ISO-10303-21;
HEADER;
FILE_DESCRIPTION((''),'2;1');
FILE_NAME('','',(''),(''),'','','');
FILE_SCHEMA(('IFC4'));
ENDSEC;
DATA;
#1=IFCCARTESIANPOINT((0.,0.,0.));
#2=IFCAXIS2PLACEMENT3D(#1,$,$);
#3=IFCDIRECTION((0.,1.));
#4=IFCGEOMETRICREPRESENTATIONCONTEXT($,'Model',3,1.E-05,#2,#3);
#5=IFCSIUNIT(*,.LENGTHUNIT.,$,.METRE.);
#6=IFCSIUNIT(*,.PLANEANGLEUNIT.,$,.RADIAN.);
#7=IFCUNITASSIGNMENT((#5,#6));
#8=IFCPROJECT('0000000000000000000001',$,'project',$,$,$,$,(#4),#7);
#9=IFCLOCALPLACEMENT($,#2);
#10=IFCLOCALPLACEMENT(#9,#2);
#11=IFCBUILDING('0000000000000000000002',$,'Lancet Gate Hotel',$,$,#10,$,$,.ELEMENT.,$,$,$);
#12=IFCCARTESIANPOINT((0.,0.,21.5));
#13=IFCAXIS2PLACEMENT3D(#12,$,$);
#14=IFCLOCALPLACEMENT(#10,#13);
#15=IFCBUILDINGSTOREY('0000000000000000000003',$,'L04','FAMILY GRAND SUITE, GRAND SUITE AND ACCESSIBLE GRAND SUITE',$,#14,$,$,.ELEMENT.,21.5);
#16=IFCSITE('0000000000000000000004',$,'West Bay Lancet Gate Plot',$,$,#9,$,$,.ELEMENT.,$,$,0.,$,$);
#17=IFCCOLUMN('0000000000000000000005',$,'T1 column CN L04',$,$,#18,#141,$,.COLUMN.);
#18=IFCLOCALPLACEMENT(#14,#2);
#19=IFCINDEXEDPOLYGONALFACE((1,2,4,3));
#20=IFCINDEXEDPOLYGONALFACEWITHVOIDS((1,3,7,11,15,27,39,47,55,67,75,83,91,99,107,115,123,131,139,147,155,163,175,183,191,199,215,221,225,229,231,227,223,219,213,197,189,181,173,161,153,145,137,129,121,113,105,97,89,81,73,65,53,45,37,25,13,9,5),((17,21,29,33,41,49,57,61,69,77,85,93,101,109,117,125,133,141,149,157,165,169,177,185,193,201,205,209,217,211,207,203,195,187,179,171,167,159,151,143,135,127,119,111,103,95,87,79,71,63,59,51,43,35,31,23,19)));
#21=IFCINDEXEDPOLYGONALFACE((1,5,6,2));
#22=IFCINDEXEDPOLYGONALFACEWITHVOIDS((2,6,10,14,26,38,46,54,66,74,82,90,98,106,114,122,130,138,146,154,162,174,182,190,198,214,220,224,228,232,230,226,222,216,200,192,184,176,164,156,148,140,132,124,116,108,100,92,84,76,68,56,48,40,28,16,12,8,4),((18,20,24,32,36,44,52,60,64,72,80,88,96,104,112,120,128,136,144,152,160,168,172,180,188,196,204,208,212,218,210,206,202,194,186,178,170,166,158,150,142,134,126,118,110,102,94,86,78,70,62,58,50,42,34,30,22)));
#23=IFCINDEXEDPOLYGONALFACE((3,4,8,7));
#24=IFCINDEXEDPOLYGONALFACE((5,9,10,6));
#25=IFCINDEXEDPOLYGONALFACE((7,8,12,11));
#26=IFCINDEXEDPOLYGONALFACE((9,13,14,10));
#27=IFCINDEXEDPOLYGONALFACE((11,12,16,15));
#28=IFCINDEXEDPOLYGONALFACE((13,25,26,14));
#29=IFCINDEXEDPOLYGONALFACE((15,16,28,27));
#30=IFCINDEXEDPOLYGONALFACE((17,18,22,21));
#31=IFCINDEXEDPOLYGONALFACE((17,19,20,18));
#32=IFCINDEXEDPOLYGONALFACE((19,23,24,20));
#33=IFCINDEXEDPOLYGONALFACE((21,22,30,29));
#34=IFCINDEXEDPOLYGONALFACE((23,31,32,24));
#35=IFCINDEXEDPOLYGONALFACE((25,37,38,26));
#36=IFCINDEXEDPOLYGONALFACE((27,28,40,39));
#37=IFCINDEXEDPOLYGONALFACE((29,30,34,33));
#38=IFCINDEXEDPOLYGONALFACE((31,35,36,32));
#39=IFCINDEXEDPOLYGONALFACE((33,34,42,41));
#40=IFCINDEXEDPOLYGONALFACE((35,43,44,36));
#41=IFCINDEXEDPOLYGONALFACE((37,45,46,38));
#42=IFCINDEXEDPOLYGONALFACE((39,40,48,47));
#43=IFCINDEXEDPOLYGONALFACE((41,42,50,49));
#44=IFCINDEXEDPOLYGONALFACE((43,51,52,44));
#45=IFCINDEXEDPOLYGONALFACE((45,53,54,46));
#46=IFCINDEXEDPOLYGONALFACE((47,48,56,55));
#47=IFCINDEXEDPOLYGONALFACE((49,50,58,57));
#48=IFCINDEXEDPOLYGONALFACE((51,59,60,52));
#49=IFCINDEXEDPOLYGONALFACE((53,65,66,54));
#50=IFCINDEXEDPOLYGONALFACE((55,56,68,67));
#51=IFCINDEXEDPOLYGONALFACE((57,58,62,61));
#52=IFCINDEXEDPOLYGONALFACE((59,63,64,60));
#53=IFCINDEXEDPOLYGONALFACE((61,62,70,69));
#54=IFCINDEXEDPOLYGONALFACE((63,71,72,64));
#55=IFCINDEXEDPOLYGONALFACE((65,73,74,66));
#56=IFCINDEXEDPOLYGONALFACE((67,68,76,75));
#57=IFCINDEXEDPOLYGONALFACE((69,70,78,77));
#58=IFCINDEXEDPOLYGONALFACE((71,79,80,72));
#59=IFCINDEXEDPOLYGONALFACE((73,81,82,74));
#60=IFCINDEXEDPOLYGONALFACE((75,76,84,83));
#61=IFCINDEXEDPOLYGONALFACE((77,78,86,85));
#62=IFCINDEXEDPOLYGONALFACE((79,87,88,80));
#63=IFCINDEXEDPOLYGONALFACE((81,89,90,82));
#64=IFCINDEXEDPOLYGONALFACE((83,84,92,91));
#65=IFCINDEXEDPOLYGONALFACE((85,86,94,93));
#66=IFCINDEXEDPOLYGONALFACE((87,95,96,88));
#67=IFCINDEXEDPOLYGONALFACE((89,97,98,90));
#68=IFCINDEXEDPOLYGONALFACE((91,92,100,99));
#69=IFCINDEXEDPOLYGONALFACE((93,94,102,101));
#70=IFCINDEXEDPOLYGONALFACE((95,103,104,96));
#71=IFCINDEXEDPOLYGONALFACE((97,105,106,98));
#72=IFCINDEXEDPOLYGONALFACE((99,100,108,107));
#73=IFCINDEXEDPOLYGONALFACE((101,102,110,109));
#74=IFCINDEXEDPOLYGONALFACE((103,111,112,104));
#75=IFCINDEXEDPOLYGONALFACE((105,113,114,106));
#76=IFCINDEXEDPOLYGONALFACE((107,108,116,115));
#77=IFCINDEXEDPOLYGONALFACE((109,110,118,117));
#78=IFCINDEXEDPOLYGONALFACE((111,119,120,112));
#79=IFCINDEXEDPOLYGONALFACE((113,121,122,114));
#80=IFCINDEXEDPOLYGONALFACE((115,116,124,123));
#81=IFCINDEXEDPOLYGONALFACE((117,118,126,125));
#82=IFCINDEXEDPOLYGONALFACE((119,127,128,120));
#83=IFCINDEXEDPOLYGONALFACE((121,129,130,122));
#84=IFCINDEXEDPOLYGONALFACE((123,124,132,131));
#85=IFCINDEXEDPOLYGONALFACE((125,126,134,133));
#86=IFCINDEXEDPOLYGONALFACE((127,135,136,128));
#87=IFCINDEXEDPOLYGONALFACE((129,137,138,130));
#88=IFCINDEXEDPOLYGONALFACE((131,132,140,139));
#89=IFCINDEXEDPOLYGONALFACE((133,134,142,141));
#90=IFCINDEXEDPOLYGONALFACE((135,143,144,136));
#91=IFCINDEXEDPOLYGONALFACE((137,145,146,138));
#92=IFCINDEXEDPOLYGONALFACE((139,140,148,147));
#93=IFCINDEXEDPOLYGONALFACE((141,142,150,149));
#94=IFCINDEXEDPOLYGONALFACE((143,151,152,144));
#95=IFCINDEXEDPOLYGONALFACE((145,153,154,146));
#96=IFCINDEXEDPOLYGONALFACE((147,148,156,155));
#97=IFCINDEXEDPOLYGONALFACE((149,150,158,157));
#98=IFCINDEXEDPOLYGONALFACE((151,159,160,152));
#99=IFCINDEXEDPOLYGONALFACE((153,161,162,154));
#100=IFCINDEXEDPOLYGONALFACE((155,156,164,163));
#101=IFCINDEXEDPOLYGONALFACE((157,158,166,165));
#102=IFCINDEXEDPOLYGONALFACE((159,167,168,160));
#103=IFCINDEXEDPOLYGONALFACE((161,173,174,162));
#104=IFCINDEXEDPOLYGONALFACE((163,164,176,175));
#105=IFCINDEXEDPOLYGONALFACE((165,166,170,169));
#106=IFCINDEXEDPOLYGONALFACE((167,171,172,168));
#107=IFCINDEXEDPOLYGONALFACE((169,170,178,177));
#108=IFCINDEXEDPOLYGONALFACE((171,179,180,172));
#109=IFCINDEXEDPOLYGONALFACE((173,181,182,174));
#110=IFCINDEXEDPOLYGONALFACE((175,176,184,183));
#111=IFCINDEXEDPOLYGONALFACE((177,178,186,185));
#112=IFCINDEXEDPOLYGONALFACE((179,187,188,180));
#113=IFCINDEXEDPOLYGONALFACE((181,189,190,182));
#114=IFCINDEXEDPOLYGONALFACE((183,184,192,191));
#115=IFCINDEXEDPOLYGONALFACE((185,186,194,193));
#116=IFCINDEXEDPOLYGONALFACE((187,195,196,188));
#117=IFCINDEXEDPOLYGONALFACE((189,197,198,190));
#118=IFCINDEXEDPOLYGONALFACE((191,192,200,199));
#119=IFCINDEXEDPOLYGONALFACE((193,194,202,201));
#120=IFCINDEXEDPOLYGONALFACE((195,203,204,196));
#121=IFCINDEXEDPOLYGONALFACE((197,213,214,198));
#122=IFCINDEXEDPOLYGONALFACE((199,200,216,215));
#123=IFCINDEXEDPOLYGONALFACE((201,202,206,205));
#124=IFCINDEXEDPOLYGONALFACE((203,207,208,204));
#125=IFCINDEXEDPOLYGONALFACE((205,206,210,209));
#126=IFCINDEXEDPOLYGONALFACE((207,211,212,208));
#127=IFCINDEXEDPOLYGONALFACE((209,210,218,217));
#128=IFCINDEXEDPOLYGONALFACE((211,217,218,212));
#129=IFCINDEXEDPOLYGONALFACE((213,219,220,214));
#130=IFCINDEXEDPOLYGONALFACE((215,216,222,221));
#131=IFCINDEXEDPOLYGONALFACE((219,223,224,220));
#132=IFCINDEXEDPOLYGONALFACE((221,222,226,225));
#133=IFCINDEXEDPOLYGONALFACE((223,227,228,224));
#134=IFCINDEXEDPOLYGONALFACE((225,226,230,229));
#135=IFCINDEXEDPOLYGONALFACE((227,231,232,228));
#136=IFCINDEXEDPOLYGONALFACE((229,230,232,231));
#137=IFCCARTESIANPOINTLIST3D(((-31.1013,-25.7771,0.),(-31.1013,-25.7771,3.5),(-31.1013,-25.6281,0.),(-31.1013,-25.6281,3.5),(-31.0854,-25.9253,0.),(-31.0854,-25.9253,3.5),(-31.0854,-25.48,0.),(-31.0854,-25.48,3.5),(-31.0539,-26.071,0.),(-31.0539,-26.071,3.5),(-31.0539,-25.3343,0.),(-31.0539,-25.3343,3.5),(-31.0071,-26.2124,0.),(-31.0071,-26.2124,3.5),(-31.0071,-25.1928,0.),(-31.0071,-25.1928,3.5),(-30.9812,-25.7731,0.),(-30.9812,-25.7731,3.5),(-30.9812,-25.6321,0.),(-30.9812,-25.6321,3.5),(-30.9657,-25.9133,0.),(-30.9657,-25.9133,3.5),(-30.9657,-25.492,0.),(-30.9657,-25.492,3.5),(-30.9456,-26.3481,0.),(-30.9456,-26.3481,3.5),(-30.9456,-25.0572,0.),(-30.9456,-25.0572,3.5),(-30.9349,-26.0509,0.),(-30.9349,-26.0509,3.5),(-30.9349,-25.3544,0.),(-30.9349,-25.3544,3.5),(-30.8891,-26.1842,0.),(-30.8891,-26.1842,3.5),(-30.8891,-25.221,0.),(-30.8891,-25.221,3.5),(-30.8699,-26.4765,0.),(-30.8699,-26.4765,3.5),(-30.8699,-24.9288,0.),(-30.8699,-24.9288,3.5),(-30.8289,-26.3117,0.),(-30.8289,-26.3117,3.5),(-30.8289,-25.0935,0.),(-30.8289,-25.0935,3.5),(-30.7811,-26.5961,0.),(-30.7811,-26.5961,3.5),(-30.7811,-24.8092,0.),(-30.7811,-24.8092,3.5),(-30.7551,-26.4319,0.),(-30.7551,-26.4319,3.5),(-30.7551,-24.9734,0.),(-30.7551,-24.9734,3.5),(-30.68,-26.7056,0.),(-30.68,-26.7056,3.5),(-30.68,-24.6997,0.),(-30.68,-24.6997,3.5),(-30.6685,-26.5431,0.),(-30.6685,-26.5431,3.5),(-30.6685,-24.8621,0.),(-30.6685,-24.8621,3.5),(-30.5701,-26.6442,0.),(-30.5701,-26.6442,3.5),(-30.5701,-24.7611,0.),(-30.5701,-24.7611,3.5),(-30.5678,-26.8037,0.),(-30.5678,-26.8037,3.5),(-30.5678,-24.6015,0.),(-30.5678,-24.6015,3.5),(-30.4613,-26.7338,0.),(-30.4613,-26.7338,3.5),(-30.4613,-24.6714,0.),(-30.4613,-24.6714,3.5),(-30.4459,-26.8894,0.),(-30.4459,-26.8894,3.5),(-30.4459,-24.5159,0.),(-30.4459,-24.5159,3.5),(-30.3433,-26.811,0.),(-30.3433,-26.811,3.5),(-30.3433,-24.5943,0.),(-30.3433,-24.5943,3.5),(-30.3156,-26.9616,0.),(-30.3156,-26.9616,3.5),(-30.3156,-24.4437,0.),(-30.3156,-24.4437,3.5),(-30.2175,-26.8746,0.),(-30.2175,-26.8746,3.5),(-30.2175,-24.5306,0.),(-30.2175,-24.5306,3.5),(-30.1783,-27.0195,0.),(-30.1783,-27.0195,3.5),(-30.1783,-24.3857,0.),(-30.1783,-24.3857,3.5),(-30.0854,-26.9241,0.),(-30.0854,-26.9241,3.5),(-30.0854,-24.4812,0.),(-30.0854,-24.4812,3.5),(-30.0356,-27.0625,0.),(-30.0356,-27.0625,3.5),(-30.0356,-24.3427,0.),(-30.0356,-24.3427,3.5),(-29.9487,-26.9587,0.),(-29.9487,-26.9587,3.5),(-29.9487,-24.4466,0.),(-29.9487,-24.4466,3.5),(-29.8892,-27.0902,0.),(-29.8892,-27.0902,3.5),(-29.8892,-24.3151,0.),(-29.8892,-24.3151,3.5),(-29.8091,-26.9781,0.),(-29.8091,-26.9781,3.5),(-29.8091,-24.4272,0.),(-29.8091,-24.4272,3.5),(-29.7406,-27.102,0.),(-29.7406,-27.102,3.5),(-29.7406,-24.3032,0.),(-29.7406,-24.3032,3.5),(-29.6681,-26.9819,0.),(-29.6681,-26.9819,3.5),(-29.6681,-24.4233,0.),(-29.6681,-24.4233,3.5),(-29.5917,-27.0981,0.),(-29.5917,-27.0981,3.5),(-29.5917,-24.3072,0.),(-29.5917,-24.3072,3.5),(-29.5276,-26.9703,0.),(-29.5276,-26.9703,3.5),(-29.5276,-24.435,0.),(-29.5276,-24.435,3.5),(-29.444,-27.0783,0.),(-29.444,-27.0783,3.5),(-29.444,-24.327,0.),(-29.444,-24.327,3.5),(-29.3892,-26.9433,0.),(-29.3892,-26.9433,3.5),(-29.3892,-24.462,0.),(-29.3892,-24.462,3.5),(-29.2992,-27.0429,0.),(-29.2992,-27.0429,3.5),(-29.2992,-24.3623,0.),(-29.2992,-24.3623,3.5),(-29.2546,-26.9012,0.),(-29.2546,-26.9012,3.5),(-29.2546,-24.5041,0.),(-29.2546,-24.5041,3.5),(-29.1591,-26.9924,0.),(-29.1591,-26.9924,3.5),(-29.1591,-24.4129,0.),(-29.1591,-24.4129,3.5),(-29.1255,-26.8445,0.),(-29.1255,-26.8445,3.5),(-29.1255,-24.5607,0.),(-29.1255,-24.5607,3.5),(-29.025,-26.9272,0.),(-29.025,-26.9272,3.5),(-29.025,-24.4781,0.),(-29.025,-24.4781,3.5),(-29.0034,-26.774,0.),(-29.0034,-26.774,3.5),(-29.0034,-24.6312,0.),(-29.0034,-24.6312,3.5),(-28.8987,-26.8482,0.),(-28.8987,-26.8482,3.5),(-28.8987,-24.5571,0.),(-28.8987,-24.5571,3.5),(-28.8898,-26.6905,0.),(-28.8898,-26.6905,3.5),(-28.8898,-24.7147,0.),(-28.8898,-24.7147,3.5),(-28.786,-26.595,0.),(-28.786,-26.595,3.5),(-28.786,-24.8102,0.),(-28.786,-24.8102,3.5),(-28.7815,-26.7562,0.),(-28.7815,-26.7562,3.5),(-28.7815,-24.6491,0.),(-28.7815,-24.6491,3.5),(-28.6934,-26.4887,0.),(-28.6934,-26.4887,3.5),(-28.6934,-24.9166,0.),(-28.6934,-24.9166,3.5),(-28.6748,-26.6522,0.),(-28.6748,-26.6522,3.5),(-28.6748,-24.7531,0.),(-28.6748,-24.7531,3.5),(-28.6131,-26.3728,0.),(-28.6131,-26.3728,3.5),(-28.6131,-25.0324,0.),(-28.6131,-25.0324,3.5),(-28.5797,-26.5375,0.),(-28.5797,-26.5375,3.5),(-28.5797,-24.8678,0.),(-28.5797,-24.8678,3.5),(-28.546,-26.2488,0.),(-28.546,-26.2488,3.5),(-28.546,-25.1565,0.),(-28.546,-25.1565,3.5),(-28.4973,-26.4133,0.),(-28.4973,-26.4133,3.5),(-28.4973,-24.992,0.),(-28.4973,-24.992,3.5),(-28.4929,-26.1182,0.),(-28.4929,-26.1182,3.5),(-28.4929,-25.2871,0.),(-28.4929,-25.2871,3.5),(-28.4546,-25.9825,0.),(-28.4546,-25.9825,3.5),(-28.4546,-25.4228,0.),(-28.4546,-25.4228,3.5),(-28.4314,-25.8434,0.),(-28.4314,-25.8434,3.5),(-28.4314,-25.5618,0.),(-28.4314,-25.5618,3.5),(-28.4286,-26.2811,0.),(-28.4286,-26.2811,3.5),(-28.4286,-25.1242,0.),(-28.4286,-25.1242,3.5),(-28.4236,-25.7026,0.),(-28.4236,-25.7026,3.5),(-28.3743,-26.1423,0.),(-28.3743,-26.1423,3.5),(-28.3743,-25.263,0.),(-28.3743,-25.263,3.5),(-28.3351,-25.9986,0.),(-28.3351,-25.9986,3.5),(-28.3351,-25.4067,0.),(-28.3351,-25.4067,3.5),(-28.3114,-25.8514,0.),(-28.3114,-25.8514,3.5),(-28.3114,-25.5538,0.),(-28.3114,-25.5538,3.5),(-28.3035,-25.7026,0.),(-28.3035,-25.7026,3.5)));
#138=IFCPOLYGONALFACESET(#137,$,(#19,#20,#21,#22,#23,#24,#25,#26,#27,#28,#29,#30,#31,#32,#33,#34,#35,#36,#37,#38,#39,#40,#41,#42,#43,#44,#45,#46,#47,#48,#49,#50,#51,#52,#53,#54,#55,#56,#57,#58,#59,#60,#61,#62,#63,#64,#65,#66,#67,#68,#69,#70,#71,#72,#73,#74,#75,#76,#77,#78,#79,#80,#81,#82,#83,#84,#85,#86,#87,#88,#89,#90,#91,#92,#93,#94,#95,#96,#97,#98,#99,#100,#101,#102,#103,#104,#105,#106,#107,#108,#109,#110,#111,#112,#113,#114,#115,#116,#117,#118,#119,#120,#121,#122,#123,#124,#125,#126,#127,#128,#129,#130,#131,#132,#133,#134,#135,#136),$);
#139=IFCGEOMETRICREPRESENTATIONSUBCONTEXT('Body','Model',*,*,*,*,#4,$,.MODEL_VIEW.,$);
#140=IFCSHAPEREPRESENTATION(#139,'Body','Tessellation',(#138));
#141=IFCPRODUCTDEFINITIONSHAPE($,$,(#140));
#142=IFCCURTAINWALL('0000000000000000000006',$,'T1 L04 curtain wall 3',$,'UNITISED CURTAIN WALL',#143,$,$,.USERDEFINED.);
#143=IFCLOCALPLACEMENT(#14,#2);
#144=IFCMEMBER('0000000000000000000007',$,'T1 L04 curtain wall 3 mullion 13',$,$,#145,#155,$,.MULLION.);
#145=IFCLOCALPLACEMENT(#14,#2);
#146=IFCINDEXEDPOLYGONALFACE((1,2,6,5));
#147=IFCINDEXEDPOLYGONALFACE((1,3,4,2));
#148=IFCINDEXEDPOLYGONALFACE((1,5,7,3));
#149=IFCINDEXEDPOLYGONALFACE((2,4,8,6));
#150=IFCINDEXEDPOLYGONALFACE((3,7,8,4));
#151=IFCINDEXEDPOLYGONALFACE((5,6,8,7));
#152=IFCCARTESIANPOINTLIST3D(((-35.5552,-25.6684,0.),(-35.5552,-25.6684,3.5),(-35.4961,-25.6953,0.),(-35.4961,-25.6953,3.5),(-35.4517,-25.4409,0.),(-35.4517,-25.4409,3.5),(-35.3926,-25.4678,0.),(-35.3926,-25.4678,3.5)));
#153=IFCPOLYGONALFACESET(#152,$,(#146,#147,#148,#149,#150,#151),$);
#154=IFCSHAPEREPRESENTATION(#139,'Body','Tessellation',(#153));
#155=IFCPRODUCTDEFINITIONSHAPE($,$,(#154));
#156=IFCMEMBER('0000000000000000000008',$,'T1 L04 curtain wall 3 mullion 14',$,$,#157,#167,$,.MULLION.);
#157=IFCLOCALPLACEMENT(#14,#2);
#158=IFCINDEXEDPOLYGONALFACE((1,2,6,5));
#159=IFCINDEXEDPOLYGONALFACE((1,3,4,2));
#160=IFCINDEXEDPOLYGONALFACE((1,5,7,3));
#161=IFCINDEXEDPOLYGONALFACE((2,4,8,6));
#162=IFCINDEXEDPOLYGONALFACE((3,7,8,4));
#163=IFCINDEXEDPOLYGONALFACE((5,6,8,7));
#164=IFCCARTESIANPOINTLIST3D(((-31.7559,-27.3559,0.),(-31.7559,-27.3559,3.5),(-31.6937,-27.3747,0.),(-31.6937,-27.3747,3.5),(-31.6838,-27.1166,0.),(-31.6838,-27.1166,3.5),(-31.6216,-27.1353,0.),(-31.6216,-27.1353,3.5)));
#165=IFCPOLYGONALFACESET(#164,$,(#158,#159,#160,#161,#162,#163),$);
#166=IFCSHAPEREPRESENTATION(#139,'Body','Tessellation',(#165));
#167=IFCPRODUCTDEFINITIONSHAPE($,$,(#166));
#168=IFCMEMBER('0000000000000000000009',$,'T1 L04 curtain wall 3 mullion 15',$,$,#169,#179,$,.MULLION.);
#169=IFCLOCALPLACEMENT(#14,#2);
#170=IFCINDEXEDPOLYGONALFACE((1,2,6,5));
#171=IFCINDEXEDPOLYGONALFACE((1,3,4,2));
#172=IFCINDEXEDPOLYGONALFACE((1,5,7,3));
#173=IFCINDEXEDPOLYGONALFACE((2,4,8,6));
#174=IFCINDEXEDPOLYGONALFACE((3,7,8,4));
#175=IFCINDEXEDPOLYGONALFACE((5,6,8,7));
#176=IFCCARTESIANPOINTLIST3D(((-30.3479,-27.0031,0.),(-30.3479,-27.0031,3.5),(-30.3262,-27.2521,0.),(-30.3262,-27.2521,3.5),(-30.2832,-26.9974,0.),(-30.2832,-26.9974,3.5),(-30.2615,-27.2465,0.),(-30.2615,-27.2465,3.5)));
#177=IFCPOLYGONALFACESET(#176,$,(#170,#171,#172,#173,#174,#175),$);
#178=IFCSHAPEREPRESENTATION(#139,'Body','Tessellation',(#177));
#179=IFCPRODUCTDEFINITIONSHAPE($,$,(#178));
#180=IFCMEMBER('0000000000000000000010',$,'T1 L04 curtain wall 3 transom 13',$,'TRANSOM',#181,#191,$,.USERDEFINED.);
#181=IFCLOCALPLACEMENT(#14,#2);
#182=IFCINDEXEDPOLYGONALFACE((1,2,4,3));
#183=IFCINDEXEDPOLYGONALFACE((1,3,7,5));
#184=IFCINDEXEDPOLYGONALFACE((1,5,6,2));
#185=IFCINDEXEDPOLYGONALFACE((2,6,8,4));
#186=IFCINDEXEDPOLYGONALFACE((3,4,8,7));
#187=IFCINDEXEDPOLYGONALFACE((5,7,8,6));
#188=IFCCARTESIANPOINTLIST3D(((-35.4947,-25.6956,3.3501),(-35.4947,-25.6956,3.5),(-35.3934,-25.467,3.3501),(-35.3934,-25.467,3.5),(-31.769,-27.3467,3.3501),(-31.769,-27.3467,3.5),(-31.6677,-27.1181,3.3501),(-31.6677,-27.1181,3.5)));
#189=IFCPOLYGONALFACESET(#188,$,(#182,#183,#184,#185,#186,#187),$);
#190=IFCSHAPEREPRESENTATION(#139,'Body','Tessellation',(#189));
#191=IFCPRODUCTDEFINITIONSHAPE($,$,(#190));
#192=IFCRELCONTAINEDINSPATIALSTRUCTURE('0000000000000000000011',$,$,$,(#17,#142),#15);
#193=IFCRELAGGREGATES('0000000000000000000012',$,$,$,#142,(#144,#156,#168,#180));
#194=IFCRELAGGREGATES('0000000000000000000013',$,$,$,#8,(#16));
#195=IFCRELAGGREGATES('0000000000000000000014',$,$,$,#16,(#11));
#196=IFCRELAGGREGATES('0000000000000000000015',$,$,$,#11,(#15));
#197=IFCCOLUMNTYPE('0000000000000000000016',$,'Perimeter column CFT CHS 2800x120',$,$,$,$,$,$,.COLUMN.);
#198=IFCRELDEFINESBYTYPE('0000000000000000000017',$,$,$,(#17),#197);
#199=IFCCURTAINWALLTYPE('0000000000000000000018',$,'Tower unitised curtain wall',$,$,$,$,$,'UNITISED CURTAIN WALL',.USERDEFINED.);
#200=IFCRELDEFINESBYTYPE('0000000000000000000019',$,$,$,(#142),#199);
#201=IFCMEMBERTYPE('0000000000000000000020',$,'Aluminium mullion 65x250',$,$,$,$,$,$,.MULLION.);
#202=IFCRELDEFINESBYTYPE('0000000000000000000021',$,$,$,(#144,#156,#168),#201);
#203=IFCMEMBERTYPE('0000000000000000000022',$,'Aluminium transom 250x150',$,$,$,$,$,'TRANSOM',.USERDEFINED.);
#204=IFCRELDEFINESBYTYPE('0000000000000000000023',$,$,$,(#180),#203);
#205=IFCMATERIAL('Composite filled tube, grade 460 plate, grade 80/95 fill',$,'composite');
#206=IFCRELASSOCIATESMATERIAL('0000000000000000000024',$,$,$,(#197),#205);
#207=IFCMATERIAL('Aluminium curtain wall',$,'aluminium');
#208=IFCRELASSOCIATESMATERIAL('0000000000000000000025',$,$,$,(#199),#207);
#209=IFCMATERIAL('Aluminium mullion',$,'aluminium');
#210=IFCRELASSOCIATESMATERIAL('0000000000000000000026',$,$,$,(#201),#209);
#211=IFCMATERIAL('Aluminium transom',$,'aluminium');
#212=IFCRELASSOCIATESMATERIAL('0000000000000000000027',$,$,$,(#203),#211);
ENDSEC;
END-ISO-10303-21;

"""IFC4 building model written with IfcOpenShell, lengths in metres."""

from ifc_helpers import new_model, si_unit, direction, frame, origin, origin_2d, place, context, subcontext, project, spatial, rectangle, hollow_circle, extrude, material, material_profile, profile_set, type_object, element, aggregate, save


model = new_model("IFC4")

# Units and contexts
model_context = context("Model", 3, precision=1e-05, world=origin(), true_north=direction((0.0, 1.0)))
body_context = subcontext(model_context, "Body", "Model", "MODEL_VIEW")
ifc_project = project(units=[si_unit("LENGTHUNIT", "METRE"), si_unit("PLANEANGLEUNIT", "RADIAN")], contexts=[model_context])

# Site, building, storey
site_placement = place(None, origin())
site = spatial("IfcSite", under=ifc_project, at=site_placement, Name="West Bay Lancet Gate Plot", CompositionType="ELEMENT", RefElevation=0.0)
building_placement = place(site_placement, origin())
building = spatial("IfcBuilding", under=site, at=building_placement, Name="Lancet Gate Hotel", CompositionType="ELEMENT")
storey_placement = place(building_placement, frame((0.0, 0.0, 21.5)))
storey = spatial("IfcBuildingStorey", under=building, at=storey_placement, Name="L04", Description="FAMILY GRAND SUITE, GRAND SUITE AND ACCESSIBLE GRAND SUITE", CompositionType="ELEMENT", Elevation=21.5)

# Column
ifc_material_1 = material(Name="Composite filled tube, grade 460 plate, grade 80/95 fill", Category="composite")
ifc_material_profile_1 = material_profile(ifc_material_1, hollow_circle(Radius=1.3999, WallThickness=0.1201, at=origin_2d()), Name="CHS 2800x120")
ifc_profile_set_1 = profile_set([ifc_material_profile_1], Name="Composite filled tube, grade 460 plate, grade 80/95 fill")
column_type = type_object("IfcColumnType", Name="Perimeter column CFT CHS 2800x120", PredefinedType="COLUMN", material=ifc_profile_set_1)
column_placement = place(storey_placement, frame((-29.7034, -25.7026, 0.0), z_axis=(0.0, 0.0, 1.0), x_axis=(1.0, 0.0, 0.0)))
element("IfcColumn", 1, at=column_placement, inside=storey, type_object=column_type, Name="T1 column CN L04", PredefinedType="COLUMN", context=body_context, shape_type="SweptSolid", body=[
    extrude(hollow_circle(Radius=1.3999, WallThickness=0.1201, at=origin_2d()), origin(), (0.0, 0.0, 1.0), 3.5),
])

# Curtain wall, members
ifc_material_2 = material(Name="Aluminium curtain wall", Category="aluminium")
curtain_wall_type = type_object("IfcCurtainWallType", Name="Tower unitised curtain wall", ElementType="UNITISED CURTAIN WALL", PredefinedType="USERDEFINED", material=ifc_material_2)
curtain_wall_placement = place(storey_placement, origin())
curtain_wall = element("IfcCurtainWall", 2, at=curtain_wall_placement, inside=storey, type_object=curtain_wall_type, Name="T1 L04 curtain wall 3", ObjectType="UNITISED CURTAIN WALL", PredefinedType="USERDEFINED")
ifc_material_3 = material(Name="Aluminium mullion", Category="aluminium")
ifc_material_profile_2 = material_profile(ifc_material_3, rectangle(XDim=0.0649, YDim=0.25, at=origin_2d()), Name="MULLION 65x250")
ifc_profile_set_2 = profile_set([ifc_material_profile_2], Name="Aluminium mullion")
member_type_1 = type_object("IfcMemberType", Name="Aluminium mullion 65x250", PredefinedType="MULLION", material=ifc_profile_set_2)
member_1_placement = place(storey_placement, frame((-35.4739, -25.5681, 0.0), z_axis=(0.0, 0.0, 1.0), x_axis=(0.91022, -0.414126, 0.0)))
member_1 = element("IfcMember", 3, at=member_1_placement, type_object=member_type_1, Name="T1 L04 curtain wall 3 mullion 13", PredefinedType="MULLION", context=body_context, shape_type="SweptSolid", body=[
    extrude(rectangle(XDim=0.0649, YDim=0.25, at=origin_2d()), origin(), (0.0, 0.0, 1.0), 3.5),
])
member_2_placement = place(storey_placement, frame((-31.6887, -27.2456, 0.0), z_axis=(0.0, 0.0, 1.0), x_axis=(0.957524, -0.288352, 0.0)))
member_2 = element("IfcMember", 4, at=member_2_placement, type_object=member_type_1, Name="T1 L04 curtain wall 3 mullion 14", PredefinedType="MULLION", context=body_context, shape_type="SweptSolid", body=[
    extrude(rectangle(XDim=0.0649, YDim=0.25, at=origin_2d()), origin(), (0.0, 0.0, 1.0), 3.5),
])
member_3_placement = place(storey_placement, frame((-30.3047, -27.1248, 0.0), z_axis=(0.0, 0.0, 1.0), x_axis=(0.996204, 0.087052, 0.0)))
member_3 = element("IfcMember", 5, at=member_3_placement, type_object=member_type_1, Name="T1 L04 curtain wall 3 mullion 15", PredefinedType="MULLION", context=body_context, shape_type="SweptSolid", body=[
    extrude(rectangle(XDim=0.0649, YDim=0.25, at=origin_2d()), origin(), (0.0, 0.0, 1.0), 3.5),
])
ifc_material_4 = material(Name="Aluminium transom", Category="aluminium")
ifc_material_profile_3 = material_profile(ifc_material_4, rectangle(XDim=0.25, YDim=0.1499, at=origin_2d()), Name="TRANSOM 250x150")
ifc_profile_set_3 = profile_set([ifc_material_profile_3], Name="Aluminium transom")
member_type_2 = type_object("IfcMemberType", Name="Aluminium transom 250x150", ElementType="TRANSOM", PredefinedType="USERDEFINED", material=ifc_profile_set_3)
member_4_placement = place(storey_placement, frame((-35.4441, -25.5813, 3.425), z_axis=(0.914248, -0.405154, 0.0), x_axis=(0.405154, 0.914248, 0.0)))
member_4 = element("IfcMember", 6, at=member_4_placement, type_object=member_type_2, Name="T1 L04 curtain wall 3 transom 13", ObjectType="TRANSOM", PredefinedType="USERDEFINED", context=body_context, shape_type="SweptSolid", body=[
    extrude(rectangle(XDim=0.25, YDim=0.1499, at=origin_2d()), origin(), (0.0, 0.0, 1.0), 4.0752),
])

aggregate(curtain_wall, [member_1, member_2, member_3, member_4])

save(model, "model.ifc")
